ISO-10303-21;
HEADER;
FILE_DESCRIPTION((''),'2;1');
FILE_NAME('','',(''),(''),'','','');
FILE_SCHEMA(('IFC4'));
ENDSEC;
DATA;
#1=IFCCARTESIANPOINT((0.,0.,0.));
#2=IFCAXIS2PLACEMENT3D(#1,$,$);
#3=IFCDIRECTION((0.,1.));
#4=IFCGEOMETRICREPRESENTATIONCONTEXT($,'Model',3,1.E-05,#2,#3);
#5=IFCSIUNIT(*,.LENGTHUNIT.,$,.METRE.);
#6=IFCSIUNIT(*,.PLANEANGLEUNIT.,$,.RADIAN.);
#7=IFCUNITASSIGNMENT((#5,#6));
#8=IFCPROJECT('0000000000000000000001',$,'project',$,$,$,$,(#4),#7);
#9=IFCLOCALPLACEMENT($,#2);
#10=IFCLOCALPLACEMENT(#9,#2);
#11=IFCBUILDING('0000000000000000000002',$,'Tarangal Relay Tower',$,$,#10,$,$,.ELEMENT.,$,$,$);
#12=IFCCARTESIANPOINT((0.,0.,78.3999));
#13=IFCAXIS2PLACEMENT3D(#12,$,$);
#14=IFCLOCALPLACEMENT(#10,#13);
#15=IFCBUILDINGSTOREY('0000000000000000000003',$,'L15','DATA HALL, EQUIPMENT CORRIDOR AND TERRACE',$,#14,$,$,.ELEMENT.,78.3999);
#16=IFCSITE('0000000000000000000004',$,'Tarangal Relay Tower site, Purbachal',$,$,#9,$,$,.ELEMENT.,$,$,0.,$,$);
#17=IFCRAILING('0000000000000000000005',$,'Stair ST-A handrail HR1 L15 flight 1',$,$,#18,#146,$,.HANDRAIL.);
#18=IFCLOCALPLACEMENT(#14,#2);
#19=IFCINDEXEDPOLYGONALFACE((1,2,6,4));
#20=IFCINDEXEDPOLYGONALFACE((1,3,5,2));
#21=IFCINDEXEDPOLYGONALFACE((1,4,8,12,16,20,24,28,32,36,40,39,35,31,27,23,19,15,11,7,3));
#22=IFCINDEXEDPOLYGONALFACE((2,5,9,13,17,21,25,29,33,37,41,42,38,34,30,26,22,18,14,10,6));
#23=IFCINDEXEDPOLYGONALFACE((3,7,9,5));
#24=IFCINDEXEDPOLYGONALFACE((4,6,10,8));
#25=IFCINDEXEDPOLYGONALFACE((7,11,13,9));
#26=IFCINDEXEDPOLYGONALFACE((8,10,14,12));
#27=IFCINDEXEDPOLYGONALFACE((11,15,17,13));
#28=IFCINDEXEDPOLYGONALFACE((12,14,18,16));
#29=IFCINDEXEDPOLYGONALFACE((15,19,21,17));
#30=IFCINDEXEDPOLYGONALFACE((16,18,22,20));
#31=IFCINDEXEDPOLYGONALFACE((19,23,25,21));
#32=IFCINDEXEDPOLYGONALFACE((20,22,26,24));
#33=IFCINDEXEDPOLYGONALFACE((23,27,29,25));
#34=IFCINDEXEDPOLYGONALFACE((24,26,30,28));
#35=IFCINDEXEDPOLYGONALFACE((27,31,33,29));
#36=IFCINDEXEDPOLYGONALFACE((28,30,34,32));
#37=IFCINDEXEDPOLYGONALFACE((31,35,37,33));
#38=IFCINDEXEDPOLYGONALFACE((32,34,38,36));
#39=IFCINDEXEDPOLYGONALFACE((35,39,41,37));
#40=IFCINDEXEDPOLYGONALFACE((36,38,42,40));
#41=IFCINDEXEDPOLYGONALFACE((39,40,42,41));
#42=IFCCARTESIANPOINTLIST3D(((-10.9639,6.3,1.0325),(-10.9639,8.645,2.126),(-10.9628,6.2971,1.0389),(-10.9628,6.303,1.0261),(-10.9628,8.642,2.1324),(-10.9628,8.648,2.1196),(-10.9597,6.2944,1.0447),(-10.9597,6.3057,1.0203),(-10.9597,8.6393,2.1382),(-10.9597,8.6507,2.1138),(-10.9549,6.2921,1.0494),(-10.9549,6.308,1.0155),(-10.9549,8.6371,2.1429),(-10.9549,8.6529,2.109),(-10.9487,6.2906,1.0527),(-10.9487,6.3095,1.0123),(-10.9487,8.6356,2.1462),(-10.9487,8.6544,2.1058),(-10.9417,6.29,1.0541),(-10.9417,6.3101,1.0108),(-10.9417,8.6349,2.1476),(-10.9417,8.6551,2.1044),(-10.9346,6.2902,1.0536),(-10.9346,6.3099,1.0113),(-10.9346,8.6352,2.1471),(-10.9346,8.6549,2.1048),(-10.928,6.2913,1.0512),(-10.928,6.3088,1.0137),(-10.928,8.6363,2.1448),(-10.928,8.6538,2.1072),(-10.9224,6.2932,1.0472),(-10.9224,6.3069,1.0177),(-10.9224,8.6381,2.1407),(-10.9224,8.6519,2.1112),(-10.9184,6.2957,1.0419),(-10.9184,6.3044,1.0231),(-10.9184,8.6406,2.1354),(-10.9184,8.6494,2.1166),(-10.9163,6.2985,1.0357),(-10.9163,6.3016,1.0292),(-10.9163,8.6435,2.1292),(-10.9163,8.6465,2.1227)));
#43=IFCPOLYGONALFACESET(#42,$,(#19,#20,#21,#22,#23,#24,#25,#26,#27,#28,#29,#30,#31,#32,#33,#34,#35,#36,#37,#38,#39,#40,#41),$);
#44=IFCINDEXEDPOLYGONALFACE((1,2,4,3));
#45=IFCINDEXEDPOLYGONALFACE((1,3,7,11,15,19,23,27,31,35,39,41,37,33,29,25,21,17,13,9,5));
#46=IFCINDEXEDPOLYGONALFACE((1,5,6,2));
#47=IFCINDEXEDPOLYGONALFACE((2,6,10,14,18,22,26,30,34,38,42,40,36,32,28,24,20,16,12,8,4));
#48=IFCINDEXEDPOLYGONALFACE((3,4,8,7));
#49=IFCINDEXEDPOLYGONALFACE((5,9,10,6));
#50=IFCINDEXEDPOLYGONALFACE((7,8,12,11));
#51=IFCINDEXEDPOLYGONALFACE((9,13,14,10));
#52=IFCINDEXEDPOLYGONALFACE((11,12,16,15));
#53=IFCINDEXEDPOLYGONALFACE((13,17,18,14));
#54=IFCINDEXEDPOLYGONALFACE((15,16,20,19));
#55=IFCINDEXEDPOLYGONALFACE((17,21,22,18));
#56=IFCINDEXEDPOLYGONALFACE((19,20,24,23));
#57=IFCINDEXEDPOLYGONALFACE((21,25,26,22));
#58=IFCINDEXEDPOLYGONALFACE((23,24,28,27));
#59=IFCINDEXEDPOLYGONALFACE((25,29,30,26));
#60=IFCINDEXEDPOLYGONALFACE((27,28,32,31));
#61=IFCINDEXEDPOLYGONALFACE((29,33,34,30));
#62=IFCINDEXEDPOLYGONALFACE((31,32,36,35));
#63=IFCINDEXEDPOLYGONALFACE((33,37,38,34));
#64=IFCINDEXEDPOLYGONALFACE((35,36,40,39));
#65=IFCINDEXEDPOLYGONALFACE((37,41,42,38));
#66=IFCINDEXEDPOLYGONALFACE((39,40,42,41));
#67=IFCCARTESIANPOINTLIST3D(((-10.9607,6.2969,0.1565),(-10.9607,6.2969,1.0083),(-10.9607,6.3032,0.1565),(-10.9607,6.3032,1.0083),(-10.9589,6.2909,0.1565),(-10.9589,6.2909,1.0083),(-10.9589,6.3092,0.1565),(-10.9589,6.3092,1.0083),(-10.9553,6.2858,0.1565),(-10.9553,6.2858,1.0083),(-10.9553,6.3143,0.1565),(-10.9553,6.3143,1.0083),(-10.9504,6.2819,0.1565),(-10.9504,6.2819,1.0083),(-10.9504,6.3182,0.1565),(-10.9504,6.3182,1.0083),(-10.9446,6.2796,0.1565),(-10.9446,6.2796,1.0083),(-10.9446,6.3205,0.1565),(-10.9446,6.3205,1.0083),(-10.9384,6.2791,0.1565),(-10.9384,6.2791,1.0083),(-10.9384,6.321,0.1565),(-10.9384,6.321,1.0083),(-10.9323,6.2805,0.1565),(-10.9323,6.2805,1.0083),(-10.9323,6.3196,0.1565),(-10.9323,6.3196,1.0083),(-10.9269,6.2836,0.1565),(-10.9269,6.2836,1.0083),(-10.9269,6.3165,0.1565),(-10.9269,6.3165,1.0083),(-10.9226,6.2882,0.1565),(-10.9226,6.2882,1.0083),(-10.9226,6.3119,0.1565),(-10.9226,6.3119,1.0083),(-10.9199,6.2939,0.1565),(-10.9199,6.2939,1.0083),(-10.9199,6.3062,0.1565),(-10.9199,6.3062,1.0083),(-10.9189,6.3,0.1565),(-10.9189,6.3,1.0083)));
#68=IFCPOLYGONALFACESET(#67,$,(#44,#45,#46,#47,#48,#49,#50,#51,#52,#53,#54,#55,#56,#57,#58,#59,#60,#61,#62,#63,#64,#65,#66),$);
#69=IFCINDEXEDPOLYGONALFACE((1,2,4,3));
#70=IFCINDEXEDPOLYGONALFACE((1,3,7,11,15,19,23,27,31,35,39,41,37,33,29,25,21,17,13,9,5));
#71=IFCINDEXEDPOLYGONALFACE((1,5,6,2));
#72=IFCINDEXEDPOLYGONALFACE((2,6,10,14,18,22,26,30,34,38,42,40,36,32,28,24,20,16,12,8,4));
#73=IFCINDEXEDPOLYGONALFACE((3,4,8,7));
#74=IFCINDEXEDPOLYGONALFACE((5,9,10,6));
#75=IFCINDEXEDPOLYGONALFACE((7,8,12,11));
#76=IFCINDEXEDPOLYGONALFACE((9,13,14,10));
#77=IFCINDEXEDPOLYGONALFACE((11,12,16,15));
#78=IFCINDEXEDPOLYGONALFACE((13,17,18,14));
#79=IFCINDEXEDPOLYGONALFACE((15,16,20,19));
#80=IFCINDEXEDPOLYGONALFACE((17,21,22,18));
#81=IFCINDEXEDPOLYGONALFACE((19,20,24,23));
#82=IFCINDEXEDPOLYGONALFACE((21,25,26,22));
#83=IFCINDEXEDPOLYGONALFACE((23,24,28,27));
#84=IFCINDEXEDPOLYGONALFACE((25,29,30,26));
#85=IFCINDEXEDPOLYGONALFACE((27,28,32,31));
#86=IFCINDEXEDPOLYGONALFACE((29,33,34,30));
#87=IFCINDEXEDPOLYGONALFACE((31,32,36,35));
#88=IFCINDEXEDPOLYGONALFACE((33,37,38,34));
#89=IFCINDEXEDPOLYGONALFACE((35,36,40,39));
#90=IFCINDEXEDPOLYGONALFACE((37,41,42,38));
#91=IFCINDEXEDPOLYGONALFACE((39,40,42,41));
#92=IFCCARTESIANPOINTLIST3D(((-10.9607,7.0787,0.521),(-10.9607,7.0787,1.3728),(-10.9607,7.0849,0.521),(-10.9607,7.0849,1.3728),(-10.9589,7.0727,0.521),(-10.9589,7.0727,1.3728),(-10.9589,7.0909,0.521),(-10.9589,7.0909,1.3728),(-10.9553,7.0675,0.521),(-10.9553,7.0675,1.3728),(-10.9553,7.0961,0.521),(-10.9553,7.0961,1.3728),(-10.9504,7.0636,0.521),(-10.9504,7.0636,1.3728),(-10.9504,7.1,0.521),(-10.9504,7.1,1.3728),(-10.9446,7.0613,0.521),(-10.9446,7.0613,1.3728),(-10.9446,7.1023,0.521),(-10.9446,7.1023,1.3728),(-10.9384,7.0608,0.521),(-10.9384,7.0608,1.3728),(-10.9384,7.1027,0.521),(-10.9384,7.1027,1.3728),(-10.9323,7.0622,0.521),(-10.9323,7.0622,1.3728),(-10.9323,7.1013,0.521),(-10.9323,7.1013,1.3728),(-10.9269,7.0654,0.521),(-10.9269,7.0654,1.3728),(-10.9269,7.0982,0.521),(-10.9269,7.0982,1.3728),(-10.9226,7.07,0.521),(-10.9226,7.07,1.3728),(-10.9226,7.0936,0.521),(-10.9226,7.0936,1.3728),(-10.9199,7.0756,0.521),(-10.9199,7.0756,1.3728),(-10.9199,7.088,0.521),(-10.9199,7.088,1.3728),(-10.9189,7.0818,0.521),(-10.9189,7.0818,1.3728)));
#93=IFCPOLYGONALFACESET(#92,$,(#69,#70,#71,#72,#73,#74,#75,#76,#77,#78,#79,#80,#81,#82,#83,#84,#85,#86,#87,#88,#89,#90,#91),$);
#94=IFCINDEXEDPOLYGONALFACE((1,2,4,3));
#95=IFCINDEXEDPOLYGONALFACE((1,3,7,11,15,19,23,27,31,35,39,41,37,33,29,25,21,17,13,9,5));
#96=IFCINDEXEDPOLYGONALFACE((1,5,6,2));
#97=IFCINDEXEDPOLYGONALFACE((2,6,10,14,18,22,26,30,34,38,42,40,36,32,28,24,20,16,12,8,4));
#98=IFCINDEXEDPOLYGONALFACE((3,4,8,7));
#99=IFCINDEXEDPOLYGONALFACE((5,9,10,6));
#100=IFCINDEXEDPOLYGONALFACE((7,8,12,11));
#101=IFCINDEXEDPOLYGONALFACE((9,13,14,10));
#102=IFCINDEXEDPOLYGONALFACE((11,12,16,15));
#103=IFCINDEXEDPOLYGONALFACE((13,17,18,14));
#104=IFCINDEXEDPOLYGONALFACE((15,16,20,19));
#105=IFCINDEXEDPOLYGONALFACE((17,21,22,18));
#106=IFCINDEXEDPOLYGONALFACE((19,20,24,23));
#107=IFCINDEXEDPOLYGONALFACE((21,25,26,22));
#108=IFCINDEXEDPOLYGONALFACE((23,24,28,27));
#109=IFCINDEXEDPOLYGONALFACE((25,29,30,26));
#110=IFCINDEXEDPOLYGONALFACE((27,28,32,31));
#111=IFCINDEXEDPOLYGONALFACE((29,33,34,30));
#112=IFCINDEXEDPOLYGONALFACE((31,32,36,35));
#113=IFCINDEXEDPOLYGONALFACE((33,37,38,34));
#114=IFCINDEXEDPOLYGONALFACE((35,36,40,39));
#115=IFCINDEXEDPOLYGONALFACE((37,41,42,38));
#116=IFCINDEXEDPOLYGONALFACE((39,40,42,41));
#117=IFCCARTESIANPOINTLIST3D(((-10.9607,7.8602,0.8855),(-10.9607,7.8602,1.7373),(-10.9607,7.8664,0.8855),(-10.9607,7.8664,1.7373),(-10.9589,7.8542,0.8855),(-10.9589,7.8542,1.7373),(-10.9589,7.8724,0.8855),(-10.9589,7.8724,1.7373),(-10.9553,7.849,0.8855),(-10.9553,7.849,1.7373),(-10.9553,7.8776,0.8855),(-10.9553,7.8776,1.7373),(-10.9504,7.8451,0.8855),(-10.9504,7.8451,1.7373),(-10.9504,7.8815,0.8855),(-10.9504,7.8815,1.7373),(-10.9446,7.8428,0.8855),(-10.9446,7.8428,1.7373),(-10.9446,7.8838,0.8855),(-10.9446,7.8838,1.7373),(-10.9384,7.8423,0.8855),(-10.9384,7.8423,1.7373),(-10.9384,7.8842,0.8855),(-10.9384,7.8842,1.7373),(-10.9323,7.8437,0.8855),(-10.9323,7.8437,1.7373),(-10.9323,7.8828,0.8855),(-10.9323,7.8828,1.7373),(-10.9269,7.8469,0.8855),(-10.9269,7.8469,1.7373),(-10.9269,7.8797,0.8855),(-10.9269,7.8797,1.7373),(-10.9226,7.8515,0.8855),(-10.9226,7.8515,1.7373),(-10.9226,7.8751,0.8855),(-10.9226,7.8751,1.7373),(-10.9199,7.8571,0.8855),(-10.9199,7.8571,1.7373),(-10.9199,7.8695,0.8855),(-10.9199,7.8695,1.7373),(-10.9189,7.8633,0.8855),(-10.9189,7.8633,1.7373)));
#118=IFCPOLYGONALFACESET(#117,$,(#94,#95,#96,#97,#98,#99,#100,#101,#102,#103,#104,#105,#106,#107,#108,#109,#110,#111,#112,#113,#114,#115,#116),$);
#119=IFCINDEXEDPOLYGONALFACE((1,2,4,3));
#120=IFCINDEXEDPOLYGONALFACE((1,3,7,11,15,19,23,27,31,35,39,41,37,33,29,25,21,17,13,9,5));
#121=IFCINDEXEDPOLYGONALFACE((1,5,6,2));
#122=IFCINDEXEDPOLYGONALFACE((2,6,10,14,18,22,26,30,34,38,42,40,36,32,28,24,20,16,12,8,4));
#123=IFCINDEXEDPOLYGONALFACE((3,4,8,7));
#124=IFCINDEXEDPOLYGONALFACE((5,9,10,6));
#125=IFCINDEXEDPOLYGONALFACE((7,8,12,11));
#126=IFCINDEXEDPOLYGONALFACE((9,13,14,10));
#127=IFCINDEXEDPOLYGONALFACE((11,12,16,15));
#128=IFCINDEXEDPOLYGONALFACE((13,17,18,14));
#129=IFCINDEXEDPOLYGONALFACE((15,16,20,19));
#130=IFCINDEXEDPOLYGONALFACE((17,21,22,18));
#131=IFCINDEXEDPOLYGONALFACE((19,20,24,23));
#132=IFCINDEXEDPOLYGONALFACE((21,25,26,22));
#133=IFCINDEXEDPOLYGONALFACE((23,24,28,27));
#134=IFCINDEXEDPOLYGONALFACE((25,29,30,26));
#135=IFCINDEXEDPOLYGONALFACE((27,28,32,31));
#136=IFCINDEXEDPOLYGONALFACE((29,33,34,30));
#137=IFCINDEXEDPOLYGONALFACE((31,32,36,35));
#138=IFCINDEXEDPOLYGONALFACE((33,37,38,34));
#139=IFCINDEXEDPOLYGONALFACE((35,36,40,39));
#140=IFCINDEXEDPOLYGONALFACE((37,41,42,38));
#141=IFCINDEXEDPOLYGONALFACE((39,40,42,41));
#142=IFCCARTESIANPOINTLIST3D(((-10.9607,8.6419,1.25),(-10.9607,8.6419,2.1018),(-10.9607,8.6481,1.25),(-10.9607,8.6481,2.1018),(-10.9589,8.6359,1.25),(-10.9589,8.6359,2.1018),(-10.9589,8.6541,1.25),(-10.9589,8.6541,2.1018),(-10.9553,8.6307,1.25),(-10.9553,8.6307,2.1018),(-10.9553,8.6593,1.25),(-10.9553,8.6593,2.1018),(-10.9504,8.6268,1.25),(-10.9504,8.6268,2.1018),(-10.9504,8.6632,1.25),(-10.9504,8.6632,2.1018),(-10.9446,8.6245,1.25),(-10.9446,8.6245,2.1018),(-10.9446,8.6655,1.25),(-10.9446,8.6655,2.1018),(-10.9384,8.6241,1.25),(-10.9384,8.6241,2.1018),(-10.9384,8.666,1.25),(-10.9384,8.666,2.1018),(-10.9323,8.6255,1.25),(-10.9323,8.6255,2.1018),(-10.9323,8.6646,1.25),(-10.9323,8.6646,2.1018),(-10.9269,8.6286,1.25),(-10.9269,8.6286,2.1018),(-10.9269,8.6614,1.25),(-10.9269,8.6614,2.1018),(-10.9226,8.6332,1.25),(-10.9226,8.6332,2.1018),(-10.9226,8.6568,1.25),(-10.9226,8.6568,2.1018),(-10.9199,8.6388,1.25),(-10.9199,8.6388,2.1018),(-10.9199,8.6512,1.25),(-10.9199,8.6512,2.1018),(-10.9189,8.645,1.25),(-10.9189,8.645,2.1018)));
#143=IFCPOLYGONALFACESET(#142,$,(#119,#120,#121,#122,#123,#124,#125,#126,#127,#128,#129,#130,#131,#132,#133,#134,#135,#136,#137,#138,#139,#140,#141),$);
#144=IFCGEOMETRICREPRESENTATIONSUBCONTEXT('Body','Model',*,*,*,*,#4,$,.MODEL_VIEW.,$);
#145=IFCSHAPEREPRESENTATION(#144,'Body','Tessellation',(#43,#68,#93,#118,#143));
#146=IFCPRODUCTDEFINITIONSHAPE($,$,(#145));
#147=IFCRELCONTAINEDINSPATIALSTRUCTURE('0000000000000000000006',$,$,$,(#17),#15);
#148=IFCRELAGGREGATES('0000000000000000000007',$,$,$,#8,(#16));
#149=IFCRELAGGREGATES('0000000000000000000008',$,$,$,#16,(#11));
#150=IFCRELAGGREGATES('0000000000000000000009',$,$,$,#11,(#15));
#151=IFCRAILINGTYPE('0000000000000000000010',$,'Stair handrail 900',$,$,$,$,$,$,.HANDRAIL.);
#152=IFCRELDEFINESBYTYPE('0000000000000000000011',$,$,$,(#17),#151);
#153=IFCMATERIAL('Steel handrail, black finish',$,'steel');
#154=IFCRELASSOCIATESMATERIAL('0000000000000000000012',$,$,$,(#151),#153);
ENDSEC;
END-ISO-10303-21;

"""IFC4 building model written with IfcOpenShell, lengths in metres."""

from ifc_helpers import new_model, si_unit, direction, frame, origin, origin_2d, place, context, subcontext, project, spatial, circle, extrude, material, type_object, element, save


model = new_model("IFC4")

# Units and contexts
model_context = context("Model", 3, precision=1e-05, world=origin(), true_north=direction((0.0, 1.0)))
body_context = subcontext(model_context, "Body", "Model", "MODEL_VIEW")
ifc_project = project(units=[si_unit("LENGTHUNIT", "METRE"), si_unit("PLANEANGLEUNIT", "RADIAN")], contexts=[model_context])

# Site, building, storey
site_placement = place(None, origin())
site = spatial("IfcSite", under=ifc_project, at=site_placement, Name="Tarangal Relay Tower site, Purbachal", CompositionType="ELEMENT", RefElevation=0.0)
building_placement = place(site_placement, origin())
building = spatial("IfcBuilding", under=site, at=building_placement, Name="Tarangal Relay Tower", CompositionType="ELEMENT")
storey_placement = place(building_placement, frame((0.0, 0.0, 78.3999)))
storey = spatial("IfcBuildingStorey", under=building, at=storey_placement, Name="L15", Description="DATA HALL, EQUIPMENT CORRIDOR AND TERRACE", CompositionType="ELEMENT", Elevation=78.3999)

# Railing
ifc_material_1 = material(Name="Steel handrail, black finish", Category="steel")
railing_type_1 = type_object("IfcRailingType", Name="Stair handrail 900", PredefinedType="HANDRAIL", material=ifc_material_1)
for number, where, name in (
    (1, (-10.9399, 6.3, 0.1565), "Stair ST-A handrail HR1 L15 flight 1"),
):
    element("IfcRailing", number, at=place(storey_placement, frame(where)), inside=storey, type_object=railing_type_1, Name=name, PredefinedType="HANDRAIL", context=body_context, shape_type="SweptSolid", body=[
        extrude(circle(Radius=0.0239, at=origin_2d()), frame((0.0, 0.0, 0.876), z_axis=(0.0, 0.906304, 0.422627), x_axis=(-1.0, 0.0, 0.0)), (0.0, 0.0, 1.0), 2.5874),
        extrude(circle(Radius=0.021, at=origin_2d()), origin(), (0.0, 0.0, 1.0), 0.8518),
        extrude(circle(Radius=0.021, at=origin_2d()), frame((0.0, 0.7817, 0.3645)), (0.0, 0.0, 1.0), 0.8518),
        extrude(circle(Radius=0.021, at=origin_2d()), frame((0.0, 1.5632, 0.729)), (0.0, 0.0, 1.0), 0.8518),
        extrude(circle(Radius=0.021, at=origin_2d()), frame((0.0, 2.345, 1.0935)), (0.0, 0.0, 1.0), 0.8518),
    ])

save(model, "model.ifc")
